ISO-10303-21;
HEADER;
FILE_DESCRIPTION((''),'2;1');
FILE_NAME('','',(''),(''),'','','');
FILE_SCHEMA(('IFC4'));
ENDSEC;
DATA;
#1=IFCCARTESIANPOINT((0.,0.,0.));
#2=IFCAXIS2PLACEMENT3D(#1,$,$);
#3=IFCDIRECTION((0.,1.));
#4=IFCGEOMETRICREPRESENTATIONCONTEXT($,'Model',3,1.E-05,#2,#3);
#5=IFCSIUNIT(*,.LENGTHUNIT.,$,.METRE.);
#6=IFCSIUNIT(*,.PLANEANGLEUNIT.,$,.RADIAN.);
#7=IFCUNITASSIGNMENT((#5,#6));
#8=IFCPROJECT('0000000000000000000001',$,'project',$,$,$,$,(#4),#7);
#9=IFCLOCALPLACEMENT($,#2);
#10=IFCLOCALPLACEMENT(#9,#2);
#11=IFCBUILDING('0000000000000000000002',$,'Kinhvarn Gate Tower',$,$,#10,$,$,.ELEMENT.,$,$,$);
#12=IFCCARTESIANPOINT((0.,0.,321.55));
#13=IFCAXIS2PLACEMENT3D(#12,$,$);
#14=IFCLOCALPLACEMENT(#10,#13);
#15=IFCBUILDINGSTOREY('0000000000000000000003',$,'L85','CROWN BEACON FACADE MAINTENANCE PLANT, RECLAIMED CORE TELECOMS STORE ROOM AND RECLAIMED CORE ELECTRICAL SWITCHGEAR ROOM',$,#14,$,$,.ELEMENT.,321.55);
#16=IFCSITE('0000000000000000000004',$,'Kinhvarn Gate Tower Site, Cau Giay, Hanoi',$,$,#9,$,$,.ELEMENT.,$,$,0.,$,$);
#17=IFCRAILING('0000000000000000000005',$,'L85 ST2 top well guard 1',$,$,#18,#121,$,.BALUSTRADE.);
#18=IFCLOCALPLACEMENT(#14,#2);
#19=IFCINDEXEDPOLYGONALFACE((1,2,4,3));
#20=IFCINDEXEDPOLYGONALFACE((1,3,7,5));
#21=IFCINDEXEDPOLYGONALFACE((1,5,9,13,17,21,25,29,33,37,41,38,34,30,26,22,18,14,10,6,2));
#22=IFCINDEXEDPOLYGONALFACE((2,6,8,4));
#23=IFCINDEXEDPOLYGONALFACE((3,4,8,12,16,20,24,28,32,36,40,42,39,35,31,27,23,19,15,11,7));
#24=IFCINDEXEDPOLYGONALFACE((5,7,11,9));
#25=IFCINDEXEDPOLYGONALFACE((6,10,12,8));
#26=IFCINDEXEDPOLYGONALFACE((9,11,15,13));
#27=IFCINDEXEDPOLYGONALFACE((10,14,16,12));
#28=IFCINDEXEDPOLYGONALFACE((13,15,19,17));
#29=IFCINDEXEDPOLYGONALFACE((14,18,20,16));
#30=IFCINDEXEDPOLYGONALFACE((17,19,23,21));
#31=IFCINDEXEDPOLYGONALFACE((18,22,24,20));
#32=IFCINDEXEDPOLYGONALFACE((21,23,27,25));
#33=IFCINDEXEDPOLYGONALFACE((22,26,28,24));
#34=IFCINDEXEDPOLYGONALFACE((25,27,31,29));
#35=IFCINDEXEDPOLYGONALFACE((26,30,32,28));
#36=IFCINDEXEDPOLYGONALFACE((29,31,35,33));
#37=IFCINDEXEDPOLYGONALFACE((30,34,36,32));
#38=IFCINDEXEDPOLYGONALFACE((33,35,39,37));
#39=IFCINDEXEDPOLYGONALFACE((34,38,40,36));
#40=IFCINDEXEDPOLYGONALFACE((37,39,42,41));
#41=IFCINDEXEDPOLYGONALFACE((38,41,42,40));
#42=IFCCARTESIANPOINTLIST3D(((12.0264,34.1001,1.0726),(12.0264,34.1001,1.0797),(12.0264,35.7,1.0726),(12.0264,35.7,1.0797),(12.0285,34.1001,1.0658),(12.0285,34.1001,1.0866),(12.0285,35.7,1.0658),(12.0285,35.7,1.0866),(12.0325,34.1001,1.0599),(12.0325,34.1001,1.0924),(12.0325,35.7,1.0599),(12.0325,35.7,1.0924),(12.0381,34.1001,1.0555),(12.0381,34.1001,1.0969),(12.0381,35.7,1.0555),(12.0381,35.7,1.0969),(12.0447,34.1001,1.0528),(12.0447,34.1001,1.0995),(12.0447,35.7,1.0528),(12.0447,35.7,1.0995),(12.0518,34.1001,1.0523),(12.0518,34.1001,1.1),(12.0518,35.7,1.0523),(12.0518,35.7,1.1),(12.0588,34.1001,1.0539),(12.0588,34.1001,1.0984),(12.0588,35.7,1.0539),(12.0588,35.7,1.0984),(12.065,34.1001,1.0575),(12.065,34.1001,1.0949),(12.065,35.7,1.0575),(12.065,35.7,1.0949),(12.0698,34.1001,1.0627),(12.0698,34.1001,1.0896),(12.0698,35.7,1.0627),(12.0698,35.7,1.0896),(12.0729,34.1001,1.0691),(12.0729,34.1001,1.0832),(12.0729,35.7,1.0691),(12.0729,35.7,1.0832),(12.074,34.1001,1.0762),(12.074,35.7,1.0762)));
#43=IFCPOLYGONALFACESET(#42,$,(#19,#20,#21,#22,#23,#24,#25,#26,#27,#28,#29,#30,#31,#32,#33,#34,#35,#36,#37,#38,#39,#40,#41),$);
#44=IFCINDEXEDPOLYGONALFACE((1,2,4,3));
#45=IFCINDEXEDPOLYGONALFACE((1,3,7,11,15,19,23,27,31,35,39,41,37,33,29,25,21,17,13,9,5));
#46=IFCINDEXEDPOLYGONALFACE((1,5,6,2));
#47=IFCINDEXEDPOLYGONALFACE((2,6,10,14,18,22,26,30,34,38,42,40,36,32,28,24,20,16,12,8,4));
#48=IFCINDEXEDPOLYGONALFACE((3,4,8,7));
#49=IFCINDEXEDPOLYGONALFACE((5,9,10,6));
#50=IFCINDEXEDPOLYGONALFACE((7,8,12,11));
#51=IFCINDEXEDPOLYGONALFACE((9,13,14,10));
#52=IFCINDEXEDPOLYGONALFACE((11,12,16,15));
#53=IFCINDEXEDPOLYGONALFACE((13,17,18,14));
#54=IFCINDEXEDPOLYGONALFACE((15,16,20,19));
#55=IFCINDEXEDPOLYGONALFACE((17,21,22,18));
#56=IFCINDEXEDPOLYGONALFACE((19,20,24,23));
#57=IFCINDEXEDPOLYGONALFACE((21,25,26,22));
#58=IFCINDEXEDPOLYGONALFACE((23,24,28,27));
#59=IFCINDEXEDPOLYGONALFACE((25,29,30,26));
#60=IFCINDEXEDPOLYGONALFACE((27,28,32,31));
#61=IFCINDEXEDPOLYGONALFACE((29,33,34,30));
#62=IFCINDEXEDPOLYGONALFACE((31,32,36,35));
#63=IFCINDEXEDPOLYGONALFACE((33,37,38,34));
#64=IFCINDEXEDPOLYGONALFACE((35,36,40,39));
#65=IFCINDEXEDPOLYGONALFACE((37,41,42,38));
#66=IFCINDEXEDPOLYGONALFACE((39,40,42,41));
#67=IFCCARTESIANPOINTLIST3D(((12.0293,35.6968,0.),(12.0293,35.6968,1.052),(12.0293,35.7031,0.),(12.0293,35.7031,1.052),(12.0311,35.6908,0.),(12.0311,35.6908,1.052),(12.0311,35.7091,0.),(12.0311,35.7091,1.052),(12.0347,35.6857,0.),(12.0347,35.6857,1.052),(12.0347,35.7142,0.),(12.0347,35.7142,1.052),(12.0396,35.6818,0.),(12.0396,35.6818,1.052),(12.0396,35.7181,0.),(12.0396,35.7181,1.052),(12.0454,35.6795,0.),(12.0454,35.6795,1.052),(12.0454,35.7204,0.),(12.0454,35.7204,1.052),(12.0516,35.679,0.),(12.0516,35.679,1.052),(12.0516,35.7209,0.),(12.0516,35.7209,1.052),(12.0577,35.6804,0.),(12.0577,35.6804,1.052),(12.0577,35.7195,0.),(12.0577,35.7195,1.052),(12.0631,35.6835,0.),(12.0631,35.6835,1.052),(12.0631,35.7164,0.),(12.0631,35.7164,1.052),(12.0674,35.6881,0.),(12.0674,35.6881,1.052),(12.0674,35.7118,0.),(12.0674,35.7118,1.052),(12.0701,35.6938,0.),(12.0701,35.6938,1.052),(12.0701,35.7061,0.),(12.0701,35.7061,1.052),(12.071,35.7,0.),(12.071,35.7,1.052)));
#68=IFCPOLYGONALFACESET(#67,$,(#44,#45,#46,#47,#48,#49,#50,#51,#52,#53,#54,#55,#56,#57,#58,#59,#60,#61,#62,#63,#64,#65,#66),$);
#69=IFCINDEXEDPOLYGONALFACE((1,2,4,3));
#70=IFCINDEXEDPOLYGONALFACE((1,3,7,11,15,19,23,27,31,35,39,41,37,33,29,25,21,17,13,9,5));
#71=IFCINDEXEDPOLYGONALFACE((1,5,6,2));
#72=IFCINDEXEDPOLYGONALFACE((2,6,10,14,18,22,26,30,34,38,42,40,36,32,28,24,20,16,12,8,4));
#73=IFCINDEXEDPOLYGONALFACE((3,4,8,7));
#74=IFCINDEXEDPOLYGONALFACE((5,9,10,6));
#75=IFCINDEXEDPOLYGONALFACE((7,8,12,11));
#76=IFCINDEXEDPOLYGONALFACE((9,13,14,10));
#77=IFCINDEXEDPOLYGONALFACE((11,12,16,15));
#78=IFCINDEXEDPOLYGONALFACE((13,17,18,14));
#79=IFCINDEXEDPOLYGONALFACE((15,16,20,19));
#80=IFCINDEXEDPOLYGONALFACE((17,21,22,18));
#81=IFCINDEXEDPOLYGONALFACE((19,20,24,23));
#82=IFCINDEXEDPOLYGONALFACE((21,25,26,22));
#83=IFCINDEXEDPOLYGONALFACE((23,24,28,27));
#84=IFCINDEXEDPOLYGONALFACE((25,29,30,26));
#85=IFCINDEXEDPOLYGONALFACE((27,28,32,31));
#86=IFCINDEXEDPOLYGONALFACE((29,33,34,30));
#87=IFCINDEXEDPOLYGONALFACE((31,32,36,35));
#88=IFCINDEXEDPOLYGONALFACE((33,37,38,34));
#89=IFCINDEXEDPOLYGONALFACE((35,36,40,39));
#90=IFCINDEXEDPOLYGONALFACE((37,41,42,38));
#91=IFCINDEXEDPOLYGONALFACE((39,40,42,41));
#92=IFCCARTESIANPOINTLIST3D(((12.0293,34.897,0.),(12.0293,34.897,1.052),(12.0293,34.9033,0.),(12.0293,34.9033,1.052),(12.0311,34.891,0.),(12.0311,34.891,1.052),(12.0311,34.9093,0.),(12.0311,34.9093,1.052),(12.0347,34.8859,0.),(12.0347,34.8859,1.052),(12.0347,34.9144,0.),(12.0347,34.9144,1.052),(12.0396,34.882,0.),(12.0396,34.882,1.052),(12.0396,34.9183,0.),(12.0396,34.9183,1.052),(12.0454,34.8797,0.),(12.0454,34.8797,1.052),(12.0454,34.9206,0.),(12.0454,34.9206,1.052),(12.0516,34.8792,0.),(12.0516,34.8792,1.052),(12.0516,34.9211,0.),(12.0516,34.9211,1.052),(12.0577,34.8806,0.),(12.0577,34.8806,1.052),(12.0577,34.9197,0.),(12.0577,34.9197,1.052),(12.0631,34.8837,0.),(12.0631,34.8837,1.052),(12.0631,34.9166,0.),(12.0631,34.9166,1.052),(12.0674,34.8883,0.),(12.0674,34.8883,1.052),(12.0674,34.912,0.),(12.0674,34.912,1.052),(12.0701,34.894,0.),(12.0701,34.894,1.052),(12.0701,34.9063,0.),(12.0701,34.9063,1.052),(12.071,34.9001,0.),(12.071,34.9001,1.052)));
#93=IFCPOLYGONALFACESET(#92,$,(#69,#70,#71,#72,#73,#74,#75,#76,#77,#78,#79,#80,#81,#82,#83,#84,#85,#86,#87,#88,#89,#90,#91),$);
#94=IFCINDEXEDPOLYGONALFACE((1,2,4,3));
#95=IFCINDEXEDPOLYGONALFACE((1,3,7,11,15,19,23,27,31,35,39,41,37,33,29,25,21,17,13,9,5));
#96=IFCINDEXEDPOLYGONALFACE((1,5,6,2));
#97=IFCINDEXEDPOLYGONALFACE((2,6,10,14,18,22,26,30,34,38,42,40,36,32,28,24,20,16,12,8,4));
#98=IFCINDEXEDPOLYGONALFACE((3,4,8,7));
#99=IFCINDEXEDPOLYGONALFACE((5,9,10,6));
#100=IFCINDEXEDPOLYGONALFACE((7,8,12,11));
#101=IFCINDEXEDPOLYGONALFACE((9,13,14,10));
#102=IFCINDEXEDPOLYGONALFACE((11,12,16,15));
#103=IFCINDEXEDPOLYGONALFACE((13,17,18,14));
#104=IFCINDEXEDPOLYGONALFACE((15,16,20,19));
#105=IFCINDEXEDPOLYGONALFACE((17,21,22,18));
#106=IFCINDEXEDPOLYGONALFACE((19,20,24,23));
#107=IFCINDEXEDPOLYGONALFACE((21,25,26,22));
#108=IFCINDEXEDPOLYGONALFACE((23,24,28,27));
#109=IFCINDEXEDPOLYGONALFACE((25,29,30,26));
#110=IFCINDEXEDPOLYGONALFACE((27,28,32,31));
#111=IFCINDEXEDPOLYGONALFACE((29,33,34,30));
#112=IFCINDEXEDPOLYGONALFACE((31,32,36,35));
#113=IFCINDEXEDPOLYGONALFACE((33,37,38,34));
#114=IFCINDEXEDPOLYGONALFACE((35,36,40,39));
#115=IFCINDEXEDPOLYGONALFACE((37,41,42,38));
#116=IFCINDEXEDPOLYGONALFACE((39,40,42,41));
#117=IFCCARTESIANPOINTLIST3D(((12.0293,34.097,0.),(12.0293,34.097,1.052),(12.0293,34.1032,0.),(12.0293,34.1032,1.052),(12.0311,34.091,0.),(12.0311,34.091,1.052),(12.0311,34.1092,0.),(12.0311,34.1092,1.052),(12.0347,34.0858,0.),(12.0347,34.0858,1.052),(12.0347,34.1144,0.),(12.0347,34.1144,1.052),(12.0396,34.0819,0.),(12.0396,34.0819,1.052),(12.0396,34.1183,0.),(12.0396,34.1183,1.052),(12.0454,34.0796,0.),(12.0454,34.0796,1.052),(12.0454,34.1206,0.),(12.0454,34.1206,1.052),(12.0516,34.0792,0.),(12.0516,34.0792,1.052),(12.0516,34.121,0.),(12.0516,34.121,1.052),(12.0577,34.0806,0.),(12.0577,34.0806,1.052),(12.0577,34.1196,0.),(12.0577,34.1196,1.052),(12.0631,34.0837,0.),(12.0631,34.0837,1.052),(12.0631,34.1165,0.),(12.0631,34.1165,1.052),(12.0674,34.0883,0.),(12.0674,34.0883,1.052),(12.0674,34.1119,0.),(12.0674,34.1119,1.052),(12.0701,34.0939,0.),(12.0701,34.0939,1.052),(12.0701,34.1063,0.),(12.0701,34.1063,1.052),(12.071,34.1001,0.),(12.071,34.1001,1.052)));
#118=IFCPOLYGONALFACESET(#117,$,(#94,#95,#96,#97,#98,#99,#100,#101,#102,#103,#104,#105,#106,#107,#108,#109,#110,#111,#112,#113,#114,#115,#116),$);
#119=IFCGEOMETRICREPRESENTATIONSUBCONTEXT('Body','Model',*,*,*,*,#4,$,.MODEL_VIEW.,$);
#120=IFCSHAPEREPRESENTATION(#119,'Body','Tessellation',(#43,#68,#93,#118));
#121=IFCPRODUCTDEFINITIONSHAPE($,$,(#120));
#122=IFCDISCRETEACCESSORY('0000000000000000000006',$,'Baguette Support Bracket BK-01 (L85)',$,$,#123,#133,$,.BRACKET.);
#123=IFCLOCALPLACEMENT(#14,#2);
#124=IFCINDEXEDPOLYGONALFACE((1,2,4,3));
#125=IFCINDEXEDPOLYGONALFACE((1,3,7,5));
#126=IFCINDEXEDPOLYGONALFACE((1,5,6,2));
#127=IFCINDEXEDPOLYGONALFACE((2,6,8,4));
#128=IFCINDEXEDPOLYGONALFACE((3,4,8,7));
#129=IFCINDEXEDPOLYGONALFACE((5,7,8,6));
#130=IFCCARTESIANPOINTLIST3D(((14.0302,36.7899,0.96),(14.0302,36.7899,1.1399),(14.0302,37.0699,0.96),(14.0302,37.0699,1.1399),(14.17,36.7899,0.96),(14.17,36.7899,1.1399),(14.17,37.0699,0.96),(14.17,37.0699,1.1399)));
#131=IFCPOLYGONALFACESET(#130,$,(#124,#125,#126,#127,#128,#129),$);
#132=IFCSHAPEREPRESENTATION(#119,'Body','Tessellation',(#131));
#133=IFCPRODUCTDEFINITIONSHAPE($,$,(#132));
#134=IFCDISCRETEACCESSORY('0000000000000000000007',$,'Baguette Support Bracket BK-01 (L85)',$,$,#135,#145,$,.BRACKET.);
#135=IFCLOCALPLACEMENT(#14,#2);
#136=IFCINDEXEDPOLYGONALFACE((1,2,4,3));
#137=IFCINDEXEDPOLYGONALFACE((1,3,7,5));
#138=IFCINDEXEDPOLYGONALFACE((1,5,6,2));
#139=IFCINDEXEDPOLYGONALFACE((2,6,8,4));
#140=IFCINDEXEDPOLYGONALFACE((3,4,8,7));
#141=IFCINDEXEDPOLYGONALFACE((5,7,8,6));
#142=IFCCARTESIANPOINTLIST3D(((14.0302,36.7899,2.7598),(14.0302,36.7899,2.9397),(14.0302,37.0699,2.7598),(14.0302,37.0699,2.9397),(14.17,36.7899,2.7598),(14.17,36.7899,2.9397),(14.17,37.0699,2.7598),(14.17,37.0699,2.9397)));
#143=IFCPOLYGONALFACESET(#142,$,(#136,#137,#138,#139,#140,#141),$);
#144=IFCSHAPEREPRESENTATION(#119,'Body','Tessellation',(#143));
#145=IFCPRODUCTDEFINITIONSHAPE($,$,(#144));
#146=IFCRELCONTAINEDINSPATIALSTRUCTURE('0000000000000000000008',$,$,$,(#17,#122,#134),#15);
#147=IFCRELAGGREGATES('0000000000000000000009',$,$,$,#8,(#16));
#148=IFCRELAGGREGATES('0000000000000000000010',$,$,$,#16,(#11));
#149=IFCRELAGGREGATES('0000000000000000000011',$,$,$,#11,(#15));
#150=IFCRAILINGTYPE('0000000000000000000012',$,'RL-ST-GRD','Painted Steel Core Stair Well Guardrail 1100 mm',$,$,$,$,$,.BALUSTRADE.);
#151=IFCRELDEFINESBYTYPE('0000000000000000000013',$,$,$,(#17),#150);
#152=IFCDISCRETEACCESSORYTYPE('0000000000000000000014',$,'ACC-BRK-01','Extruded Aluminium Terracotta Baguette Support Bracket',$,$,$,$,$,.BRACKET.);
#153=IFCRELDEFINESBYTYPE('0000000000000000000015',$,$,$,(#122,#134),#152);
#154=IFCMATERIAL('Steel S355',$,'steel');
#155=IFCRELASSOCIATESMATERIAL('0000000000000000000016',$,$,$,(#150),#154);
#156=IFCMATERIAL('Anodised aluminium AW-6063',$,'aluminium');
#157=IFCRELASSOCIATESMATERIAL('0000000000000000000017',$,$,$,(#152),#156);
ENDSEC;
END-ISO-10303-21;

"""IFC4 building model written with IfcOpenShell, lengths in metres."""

from ifc_helpers import new_model, si_unit, direction, frame, origin, origin_2d, place, context, subcontext, project, spatial, rectangle, circle, extrude, material, type_object, element, save


model = new_model("IFC4")

# Units and contexts
model_context = context("Model", 3, precision=1e-05, world=origin(), true_north=direction((0.0, 1.0)))
body_context = subcontext(model_context, "Body", "Model", "MODEL_VIEW")
ifc_project = project(units=[si_unit("LENGTHUNIT", "METRE"), si_unit("PLANEANGLEUNIT", "RADIAN")], contexts=[model_context])

# Site, building, storey
site_placement = place(None, origin())
site = spatial("IfcSite", under=ifc_project, at=site_placement, Name="Kinhvarn Gate Tower Site, Cau Giay, Hanoi", CompositionType="ELEMENT", RefElevation=0.0)
building_placement = place(site_placement, origin())
building = spatial("IfcBuilding", under=site, at=building_placement, Name="Kinhvarn Gate Tower", CompositionType="ELEMENT")
storey_placement = place(building_placement, frame((0.0, 0.0, 321.55)))
storey = spatial("IfcBuildingStorey", under=building, at=storey_placement, Name="L85", Description="CROWN BEACON FACADE MAINTENANCE PLANT, RECLAIMED CORE TELECOMS STORE ROOM AND RECLAIMED CORE ELECTRICAL SWITCHGEAR ROOM", CompositionType="ELEMENT", Elevation=321.55)

# Shared definitions
ifc_material_1 = material(Name="Anodised aluminium AW-6063", Category="aluminium")

# Railing
ifc_material_2 = material(Name="Steel S355", Category="steel")
railing_type = type_object("IfcRailingType", Name="RL-ST-GRD", Description="Painted Steel Core Stair Well Guardrail 1100 mm", PredefinedType="BALUSTRADE", material=ifc_material_2)
railing_placement = place(storey_placement, frame((12.05, 35.7, 0.0)))
element("IfcRailing", 1, at=railing_placement, inside=storey, type_object=railing_type, Name="L85 ST2 top well guard 1", PredefinedType="BALUSTRADE", context=body_context, shape_type="SweptSolid", body=[
    extrude(circle(Radius=0.0239, at=origin_2d()), frame((0.0, 0.0, 1.0762), z_axis=(0.0, -1.0, 0.0), x_axis=(1.0, 0.0, 0.0)), (0.0, 0.0, 1.0), 1.5999),
    extrude(circle(Radius=0.021, at=origin_2d()), origin(), (0.0, 0.0, 1.0), 1.052),
    extrude(circle(Radius=0.021, at=origin_2d()), frame((0.0, -0.7998, 0.0)), (0.0, 0.0, 1.0), 1.052),
    extrude(circle(Radius=0.021, at=origin_2d()), frame((0.0, -1.5999, 0.0)), (0.0, 0.0, 1.0), 1.052),
])

# Discrete accessories
discrete_accessory_type = type_object("IfcDiscreteAccessoryType", Name="ACC-BRK-01", Description="Extruded Aluminium Terracotta Baguette Support Bracket", PredefinedType="BRACKET", material=ifc_material_1)
for number, where, z_axis, x_axis, name in (
    (2, (14.1001, 36.9299, 0.96), (0.0, 0.0, 1.0), (-1.0, 0.0, 0.0), "Baguette Support Bracket BK-01 (L85)"),
    (3, (14.1001, 36.9299, 2.7598), (0.0, 0.0, 1.0), (-1.0, 0.0, 0.0), "Baguette Support Bracket BK-01 (L85)"),
):
    element("IfcDiscreteAccessory", number, at=place(storey_placement, frame(where, z_axis=z_axis, x_axis=x_axis)), inside=storey, type_object=discrete_accessory_type, Name=name, PredefinedType="BRACKET", context=body_context, shape_type="SweptSolid", body=[
        extrude(rectangle(XDim=0.1399, YDim=0.28, at=origin_2d()), origin(), (0.0, 0.0, 1.0), 0.1799),
    ])

save(model, "model.ifc")
